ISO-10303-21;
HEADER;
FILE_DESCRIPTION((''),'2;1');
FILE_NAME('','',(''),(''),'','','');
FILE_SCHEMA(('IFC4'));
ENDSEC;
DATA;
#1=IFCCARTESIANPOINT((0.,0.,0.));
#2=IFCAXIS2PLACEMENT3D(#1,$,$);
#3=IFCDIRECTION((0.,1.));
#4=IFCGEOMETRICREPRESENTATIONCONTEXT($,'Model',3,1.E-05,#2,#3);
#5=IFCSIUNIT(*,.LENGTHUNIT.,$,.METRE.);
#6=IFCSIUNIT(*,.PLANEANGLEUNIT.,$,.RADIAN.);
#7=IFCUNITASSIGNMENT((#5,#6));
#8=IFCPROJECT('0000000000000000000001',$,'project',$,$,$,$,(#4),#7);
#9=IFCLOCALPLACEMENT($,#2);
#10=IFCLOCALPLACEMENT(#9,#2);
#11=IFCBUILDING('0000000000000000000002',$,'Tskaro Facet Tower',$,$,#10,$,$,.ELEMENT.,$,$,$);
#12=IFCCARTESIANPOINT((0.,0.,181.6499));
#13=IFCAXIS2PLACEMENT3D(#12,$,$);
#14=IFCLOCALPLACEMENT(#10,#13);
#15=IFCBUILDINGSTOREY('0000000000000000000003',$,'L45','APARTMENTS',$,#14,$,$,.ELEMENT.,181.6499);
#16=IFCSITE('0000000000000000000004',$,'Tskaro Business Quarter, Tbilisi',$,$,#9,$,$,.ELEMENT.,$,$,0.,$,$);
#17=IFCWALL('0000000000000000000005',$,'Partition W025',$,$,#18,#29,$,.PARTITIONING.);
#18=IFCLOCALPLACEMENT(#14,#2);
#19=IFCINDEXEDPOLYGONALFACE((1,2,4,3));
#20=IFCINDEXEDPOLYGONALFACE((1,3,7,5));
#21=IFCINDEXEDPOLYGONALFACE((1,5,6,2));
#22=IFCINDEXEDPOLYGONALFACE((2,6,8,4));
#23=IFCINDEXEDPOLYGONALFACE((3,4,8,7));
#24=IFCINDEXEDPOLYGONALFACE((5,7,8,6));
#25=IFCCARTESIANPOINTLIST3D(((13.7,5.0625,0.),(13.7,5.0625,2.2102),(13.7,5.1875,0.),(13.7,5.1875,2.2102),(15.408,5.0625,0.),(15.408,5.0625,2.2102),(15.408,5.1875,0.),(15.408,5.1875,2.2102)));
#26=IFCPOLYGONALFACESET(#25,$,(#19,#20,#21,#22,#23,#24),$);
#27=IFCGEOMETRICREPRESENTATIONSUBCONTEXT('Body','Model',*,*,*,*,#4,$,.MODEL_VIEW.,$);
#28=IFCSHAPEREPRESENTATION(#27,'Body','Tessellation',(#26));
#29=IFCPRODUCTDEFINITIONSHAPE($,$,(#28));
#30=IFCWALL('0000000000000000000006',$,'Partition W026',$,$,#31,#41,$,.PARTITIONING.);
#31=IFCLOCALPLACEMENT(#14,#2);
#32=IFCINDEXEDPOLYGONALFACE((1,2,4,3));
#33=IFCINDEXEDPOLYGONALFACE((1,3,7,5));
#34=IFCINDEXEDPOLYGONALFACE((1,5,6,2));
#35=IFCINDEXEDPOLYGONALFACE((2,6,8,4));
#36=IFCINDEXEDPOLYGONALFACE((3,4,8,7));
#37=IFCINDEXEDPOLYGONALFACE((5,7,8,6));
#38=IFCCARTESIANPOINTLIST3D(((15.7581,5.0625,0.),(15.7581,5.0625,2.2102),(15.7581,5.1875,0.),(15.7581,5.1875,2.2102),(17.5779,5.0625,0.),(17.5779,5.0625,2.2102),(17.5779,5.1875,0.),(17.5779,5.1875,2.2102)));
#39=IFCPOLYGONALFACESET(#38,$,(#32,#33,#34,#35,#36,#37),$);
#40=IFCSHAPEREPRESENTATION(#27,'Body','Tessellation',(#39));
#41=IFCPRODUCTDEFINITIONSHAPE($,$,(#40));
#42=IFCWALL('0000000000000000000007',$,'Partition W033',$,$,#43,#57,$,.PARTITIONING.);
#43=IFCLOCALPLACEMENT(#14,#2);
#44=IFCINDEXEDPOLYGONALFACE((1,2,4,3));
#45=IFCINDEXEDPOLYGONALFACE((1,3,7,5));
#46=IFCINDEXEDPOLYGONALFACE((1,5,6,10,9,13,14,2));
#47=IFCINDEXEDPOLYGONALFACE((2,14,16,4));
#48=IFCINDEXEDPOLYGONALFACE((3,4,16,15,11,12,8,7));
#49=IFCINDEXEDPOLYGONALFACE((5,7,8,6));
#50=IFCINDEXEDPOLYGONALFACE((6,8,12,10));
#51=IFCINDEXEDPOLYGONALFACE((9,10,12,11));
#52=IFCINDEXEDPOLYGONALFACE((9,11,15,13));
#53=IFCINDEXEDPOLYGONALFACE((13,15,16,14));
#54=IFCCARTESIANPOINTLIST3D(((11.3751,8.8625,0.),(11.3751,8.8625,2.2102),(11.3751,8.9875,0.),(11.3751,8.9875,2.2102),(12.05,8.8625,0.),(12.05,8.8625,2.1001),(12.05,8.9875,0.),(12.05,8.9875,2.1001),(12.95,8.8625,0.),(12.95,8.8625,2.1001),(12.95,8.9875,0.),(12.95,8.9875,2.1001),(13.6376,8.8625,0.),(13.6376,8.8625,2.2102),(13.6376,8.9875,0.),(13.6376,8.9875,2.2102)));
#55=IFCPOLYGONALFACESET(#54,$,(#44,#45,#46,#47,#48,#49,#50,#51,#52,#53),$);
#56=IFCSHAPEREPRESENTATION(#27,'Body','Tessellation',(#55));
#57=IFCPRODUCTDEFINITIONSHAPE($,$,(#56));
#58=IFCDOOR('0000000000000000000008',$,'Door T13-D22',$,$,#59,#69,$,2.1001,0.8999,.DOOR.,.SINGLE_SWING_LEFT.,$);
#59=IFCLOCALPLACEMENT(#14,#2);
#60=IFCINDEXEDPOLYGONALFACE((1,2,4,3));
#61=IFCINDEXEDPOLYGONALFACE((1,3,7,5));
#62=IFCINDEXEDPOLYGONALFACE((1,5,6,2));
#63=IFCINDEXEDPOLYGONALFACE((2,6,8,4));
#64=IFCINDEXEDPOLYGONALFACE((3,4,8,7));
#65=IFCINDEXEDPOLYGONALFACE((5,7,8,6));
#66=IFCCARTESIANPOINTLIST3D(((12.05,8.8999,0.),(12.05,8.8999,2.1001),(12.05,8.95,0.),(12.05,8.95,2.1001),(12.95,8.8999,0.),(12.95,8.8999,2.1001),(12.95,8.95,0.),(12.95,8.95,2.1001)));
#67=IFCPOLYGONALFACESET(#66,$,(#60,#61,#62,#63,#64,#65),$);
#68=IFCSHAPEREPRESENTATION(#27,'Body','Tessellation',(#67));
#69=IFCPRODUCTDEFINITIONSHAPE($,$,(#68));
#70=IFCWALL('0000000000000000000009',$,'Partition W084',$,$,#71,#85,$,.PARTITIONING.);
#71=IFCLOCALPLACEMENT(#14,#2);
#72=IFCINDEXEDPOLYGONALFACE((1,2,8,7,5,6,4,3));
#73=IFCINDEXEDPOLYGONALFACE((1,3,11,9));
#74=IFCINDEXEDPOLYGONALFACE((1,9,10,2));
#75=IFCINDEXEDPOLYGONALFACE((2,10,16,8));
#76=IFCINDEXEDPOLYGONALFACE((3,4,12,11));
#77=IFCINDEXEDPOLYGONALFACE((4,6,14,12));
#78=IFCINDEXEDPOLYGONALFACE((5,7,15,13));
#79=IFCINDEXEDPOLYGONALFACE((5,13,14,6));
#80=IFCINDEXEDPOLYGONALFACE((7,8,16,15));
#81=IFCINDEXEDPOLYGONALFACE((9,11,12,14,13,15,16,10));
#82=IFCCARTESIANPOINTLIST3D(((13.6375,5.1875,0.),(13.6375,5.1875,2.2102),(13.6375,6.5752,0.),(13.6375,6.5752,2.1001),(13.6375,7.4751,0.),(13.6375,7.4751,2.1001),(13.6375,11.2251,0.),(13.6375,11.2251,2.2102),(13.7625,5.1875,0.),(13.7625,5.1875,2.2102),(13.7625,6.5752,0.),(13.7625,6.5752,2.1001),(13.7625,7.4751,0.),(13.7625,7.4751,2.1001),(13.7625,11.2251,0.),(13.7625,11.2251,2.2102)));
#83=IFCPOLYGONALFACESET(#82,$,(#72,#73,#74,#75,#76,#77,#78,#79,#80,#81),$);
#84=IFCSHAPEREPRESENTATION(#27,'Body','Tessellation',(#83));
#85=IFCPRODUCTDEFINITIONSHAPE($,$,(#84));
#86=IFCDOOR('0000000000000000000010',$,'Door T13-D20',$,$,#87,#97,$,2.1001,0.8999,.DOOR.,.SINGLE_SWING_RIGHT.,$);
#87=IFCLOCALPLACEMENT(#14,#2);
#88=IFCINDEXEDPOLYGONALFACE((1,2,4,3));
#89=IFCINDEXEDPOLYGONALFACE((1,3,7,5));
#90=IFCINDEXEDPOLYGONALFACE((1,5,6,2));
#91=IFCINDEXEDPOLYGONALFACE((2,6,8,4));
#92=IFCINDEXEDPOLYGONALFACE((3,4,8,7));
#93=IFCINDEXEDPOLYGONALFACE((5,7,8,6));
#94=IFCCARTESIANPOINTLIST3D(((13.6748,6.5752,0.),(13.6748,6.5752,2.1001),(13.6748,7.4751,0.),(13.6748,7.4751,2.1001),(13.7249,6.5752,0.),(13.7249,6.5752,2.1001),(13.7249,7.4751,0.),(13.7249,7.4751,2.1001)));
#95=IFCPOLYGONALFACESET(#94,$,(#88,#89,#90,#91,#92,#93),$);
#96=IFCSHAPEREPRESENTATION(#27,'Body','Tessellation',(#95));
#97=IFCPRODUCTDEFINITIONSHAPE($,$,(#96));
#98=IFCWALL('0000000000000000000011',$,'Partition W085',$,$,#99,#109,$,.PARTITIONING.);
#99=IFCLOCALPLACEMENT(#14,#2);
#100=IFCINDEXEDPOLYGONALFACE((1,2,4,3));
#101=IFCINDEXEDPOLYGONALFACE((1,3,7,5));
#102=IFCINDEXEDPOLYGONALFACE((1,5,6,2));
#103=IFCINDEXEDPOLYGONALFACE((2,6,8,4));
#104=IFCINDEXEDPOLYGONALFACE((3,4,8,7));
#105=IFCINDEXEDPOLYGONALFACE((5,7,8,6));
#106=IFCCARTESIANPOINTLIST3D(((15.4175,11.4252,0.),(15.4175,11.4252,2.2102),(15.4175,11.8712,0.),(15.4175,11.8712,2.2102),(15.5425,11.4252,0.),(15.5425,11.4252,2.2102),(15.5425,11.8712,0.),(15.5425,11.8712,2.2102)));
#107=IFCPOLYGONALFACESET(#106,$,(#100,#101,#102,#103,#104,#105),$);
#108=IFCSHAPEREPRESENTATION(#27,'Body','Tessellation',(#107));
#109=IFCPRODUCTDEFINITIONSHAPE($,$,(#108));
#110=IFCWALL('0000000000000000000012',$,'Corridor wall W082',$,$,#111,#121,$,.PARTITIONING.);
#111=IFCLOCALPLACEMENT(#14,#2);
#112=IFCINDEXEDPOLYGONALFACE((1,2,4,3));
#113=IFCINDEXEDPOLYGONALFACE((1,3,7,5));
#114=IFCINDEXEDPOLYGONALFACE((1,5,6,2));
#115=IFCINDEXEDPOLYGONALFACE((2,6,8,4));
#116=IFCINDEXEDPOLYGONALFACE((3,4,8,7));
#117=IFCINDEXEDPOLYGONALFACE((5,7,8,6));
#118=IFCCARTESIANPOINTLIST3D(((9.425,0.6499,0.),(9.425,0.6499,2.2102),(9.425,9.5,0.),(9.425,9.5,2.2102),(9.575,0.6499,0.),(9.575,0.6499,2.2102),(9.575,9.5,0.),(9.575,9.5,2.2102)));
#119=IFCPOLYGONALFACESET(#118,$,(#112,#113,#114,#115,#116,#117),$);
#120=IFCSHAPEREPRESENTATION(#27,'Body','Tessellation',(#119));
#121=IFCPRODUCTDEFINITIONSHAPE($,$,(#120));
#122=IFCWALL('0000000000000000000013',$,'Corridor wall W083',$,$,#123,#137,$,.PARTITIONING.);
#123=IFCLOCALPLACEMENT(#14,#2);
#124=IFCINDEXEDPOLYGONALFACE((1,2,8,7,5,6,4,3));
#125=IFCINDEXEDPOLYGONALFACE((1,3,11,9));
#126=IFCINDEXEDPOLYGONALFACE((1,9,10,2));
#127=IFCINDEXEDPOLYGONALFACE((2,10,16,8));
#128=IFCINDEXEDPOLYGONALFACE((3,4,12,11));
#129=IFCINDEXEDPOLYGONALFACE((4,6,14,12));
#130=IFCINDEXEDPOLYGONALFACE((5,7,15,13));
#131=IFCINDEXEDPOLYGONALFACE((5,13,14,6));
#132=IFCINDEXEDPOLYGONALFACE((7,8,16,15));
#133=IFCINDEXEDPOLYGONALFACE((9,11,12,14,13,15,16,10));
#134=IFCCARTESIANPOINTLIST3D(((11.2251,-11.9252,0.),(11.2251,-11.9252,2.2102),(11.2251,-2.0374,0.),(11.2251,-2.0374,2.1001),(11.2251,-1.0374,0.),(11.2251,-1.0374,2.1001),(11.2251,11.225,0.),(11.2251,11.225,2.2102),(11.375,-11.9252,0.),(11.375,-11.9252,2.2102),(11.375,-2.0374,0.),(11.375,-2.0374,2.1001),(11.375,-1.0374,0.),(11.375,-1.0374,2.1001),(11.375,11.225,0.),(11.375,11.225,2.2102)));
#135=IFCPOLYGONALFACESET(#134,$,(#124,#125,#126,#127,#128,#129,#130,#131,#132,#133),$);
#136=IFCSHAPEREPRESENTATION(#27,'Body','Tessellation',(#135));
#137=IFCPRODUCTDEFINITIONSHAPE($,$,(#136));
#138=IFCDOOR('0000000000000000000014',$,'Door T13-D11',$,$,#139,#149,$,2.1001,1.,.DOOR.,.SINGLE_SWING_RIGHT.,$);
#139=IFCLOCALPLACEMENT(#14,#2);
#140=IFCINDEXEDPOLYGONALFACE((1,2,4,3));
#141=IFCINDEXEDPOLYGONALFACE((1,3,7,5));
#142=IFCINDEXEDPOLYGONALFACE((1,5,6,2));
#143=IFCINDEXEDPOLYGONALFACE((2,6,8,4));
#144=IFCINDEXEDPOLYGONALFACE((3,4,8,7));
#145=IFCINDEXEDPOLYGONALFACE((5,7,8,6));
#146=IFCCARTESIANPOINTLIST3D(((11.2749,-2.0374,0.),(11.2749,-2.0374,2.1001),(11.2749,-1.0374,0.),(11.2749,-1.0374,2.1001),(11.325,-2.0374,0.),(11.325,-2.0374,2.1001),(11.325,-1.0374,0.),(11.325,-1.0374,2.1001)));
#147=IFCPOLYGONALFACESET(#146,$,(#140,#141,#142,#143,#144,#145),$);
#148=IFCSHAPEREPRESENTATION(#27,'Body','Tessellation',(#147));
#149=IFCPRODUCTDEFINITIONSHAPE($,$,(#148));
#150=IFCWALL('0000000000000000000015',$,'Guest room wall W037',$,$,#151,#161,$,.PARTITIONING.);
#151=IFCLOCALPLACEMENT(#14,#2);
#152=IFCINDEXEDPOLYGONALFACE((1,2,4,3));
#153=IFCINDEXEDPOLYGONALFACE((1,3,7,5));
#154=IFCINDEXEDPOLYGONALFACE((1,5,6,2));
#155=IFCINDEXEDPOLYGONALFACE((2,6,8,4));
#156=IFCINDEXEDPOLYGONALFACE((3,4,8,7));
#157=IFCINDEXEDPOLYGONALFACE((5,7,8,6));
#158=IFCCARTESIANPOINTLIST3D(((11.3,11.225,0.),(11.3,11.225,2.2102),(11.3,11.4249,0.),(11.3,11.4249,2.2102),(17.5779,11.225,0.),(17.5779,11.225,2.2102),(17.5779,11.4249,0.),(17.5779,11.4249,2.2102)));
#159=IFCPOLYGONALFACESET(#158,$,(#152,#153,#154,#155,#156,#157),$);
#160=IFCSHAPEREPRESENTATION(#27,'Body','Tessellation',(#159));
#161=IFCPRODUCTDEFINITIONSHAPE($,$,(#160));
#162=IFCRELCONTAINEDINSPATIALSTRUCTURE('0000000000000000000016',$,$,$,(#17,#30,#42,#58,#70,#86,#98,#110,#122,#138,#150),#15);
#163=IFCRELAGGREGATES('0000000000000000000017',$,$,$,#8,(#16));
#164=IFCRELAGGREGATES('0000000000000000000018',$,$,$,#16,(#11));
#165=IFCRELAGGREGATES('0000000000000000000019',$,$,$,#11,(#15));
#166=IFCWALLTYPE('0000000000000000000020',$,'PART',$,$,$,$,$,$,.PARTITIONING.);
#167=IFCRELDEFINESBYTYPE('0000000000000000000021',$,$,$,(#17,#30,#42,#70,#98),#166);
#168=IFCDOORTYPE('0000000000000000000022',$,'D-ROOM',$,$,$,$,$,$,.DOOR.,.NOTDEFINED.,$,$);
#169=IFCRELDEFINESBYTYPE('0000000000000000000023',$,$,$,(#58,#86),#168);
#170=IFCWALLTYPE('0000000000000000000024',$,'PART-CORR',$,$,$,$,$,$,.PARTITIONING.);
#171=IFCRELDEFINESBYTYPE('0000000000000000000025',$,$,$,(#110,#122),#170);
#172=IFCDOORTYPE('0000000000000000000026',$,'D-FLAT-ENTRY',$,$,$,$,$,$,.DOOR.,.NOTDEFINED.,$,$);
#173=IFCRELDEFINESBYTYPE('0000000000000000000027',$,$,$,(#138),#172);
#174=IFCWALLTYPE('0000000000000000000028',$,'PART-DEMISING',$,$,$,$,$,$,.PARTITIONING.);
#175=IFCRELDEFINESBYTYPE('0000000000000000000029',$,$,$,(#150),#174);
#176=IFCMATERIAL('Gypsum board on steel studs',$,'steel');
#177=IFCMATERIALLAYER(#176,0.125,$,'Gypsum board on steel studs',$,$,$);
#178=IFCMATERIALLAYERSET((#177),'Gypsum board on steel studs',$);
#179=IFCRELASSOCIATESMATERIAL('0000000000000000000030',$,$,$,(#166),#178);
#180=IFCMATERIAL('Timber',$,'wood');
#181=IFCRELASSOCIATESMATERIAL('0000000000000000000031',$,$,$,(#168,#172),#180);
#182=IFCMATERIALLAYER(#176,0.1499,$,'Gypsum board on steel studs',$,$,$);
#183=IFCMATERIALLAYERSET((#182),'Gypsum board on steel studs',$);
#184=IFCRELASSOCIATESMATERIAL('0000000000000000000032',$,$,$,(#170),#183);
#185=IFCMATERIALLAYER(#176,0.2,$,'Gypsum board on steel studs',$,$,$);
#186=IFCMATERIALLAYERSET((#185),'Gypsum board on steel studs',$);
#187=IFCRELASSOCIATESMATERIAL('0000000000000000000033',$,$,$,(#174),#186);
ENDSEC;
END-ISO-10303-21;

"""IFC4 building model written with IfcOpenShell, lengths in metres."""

from ifc_helpers import new_model, si_unit, direction, frame, frame_2d, origin, place, context, subcontext, project, spatial, rectangle, extrude, material, layer, layer_set, type_object, element, fill, save


model = new_model("IFC4")

# Units and contexts
model_context = context("Model", 3, precision=1e-05, world=origin(), true_north=direction((0.0, 1.0)))
body_context = subcontext(model_context, "Body", "Model", "MODEL_VIEW")
ifc_project = project(units=[si_unit("LENGTHUNIT", "METRE"), si_unit("PLANEANGLEUNIT", "RADIAN")], contexts=[model_context])

# Site, building, storey
site_placement = place(None, origin())
site = spatial("IfcSite", under=ifc_project, at=site_placement, Name="Tskaro Business Quarter, Tbilisi", CompositionType="ELEMENT", RefElevation=0.0)
building_placement = place(site_placement, origin())
building = spatial("IfcBuilding", under=site, at=building_placement, Name="Tskaro Facet Tower", CompositionType="ELEMENT")
storey_placement = place(building_placement, frame((0.0, 0.0, 181.6499)))
storey = spatial("IfcBuildingStorey", under=building, at=storey_placement, Name="L45", Description="APARTMENTS", CompositionType="ELEMENT", Elevation=181.6499)

# Walls
ifc_material_1 = material(Name="Gypsum board on steel studs", Category="steel")
ifc_layer_1 = layer(ifc_material_1, 0.125, Name="Gypsum board on steel studs")
ifc_layer_set_1 = layer_set([ifc_layer_1], Name="Gypsum board on steel studs")
wall_type_1 = type_object("IfcWallType", Name="PART", PredefinedType="PARTITIONING", material=ifc_layer_set_1)
wall_1_placement = place(storey_placement, frame((13.7, 5.125, 0.0), z_axis=(0.0, 0.0, 1.0), x_axis=(1.0, 0.0, 0.0)))
element("IfcWall", 1, at=wall_1_placement, inside=storey, type_object=wall_type_1, Name="Partition W025", PredefinedType="PARTITIONING", context=body_context, shape_type="SweptSolid", body=[
    extrude(rectangle(XDim=1.708, YDim=0.125, at=frame_2d((0.854, 0.0))), origin(), (0.0, 0.0, 1.0), 2.2102),
])
wall_2_placement = place(storey_placement, frame((15.7581, 5.125, 0.0), z_axis=(0.0, 0.0, 1.0), x_axis=(1.0, 0.0, 0.0)))
element("IfcWall", 2, at=wall_2_placement, inside=storey, type_object=wall_type_1, Name="Partition W026", PredefinedType="PARTITIONING", context=body_context, shape_type="SweptSolid", body=[
    extrude(rectangle(XDim=1.8198, YDim=0.125, at=frame_2d((0.9099, 0.0))), origin(), (0.0, 0.0, 1.0), 2.2102),
])

# Walls, openings, doors
wall_3_placement = place(storey_placement, frame((11.375, 8.925, 0.0), z_axis=(0.0, 0.0, 1.0), x_axis=(1.0, 0.0, 0.0)))
wall_3 = element("IfcWall", 3, at=wall_3_placement, inside=storey, type_object=wall_type_1, Name="Partition W033", PredefinedType="PARTITIONING", context=body_context, shape_type="SweptSolid", body=[
    extrude(rectangle(XDim=2.2625, YDim=0.125, at=frame_2d((1.1313, 0.0))), origin(), (0.0, 0.0, 1.0), 2.2102),
])
opening_1_placement = place(wall_3_placement, frame((0.675, 0.0, 0.0)))
opening_1 = element("IfcOpeningElement", 4, at=opening_1_placement, cuts=wall_3, PredefinedType="OPENING", context=body_context, shape_type="SweptSolid", body=[
    extrude(rectangle(XDim=0.8999, YDim=2.1001, at=frame_2d((0.45, 1.05))), frame((0.0, 0.0725, 0.0), z_axis=(0.0, -1.0, 0.0), x_axis=(1.0, 0.0, 0.0)), (0.0, 0.0, 1.0), 0.145),
])
ifc_material_2 = material(Name="Timber", Category="wood")
door_type_1 = type_object("IfcDoorType", Name="D-ROOM", OperationType="NOTDEFINED", PredefinedType="DOOR", material=ifc_material_2)
door_1_placement = place(opening_1_placement, origin())
door_1 = element("IfcDoor", 5, at=door_1_placement, inside=storey, type_object=door_type_1, Name="Door T13-D22", OperationType="SINGLE_SWING_LEFT", OverallHeight=2.1001, OverallWidth=0.8999, PredefinedType="DOOR", context=body_context, shape_type="SweptSolid", body=[
    extrude(rectangle(XDim=0.8999, YDim=2.1001, at=frame_2d((0.45, 1.05))), frame((0.0, 0.0249, 0.0), z_axis=(0.0, -1.0, 0.0), x_axis=(1.0, 0.0, 0.0)), (0.0, 0.0, 1.0), 0.05),
])
fill(opening_1, door_1)
wall_4_placement = place(storey_placement, frame((13.7, 11.2251, 0.0), z_axis=(0.0, 0.0, 1.0), x_axis=(0.0, -1.0, 0.0)))
wall_4 = element("IfcWall", 6, at=wall_4_placement, inside=storey, type_object=wall_type_1, Name="Partition W084", PredefinedType="PARTITIONING", context=body_context, shape_type="SweptSolid", body=[
    extrude(rectangle(XDim=6.0376, YDim=0.125, at=frame_2d((3.0188, 0.0))), origin(), (0.0, 0.0, 1.0), 2.2102),
])
opening_2_placement = place(wall_4_placement, frame((3.75, 0.0, 0.0)))
opening_2 = element("IfcOpeningElement", 7, at=opening_2_placement, cuts=wall_4, PredefinedType="OPENING", context=body_context, shape_type="SweptSolid", body=[
    extrude(rectangle(XDim=0.8999, YDim=2.1001, at=frame_2d((0.45, 1.05))), frame((0.0, 0.0725, 0.0), z_axis=(0.0, -1.0, 0.0), x_axis=(1.0, 0.0, 0.0)), (0.0, 0.0, 1.0), 0.145),
])
door_2_placement = place(opening_2_placement, origin())
door_2 = element("IfcDoor", 8, at=door_2_placement, inside=storey, type_object=door_type_1, Name="Door T13-D20", OperationType="SINGLE_SWING_RIGHT", OverallHeight=2.1001, OverallWidth=0.8999, PredefinedType="DOOR", context=body_context, shape_type="SweptSolid", body=[
    extrude(rectangle(XDim=0.8999, YDim=2.1001, at=frame_2d((0.45, 1.05))), frame((0.0, 0.0249, 0.0), z_axis=(0.0, -1.0, 0.0), x_axis=(1.0, 0.0, 0.0)), (0.0, 0.0, 1.0), 0.05),
])
fill(opening_2, door_2)

# Walls
wall_5_placement = place(storey_placement, frame((15.48, 11.425, 0.0), z_axis=(0.0, 0.0, 1.0), x_axis=(0.0, 1.0, 0.0)))
element("IfcWall", 9, at=wall_5_placement, inside=storey, type_object=wall_type_1, Name="Partition W085", PredefinedType="PARTITIONING", context=body_context, shape_type="SweptSolid", body=[
    extrude(rectangle(XDim=0.446, YDim=0.125, at=frame_2d((0.2231, 0.0))), origin(), (0.0, 0.0, 1.0), 2.2102),
])
ifc_layer_2 = layer(ifc_material_1, 0.1499, Name="Gypsum board on steel studs")
ifc_layer_set_2 = layer_set([ifc_layer_2], Name="Gypsum board on steel studs")
wall_type_2 = type_object("IfcWallType", Name="PART-CORR", PredefinedType="PARTITIONING", material=ifc_layer_set_2)
wall_6_placement = place(storey_placement, frame((9.5, 0.6499, 0.0), z_axis=(0.0, 0.0, 1.0), x_axis=(0.0, 1.0, 0.0)))
element("IfcWall", 10, at=wall_6_placement, inside=storey, type_object=wall_type_2, Name="Corridor wall W082", PredefinedType="PARTITIONING", context=body_context, shape_type="SweptSolid", body=[
    extrude(rectangle(XDim=8.8501, YDim=0.1499, at=frame_2d((4.425, 0.0))), origin(), (0.0, 0.0, 1.0), 2.2102),
])

# Wall, opening, door
wall_7_placement = place(storey_placement, frame((11.3, 11.2251, 0.0), z_axis=(0.0, 0.0, 1.0), x_axis=(0.0, -1.0, 0.0)))
wall_7 = element("IfcWall", 11, at=wall_7_placement, inside=storey, type_object=wall_type_2, Name="Corridor wall W083", PredefinedType="PARTITIONING", context=body_context, shape_type="SweptSolid", body=[
    extrude(rectangle(XDim=23.1501, YDim=0.1499, at=frame_2d((11.5752, 0.0))), origin(), (0.0, 0.0, 1.0), 2.2102),
])
opening_3_placement = place(wall_7_placement, frame((12.2625, 0.0, 0.0)))
opening_3 = element("IfcOpeningElement", 12, at=opening_3_placement, cuts=wall_7, PredefinedType="OPENING", context=body_context, shape_type="SweptSolid", body=[
    extrude(rectangle(XDim=1.0, YDim=2.1001, at=frame_2d((0.5, 1.05))), frame((0.0, 0.085, 0.0), z_axis=(0.0, -1.0, 0.0), x_axis=(1.0, 0.0, 0.0)), (0.0, 0.0, 1.0), 0.1699),
])
door_type_2 = type_object("IfcDoorType", Name="D-FLAT-ENTRY", OperationType="NOTDEFINED", PredefinedType="DOOR", material=ifc_material_2)
door_3_placement = place(opening_3_placement, origin())
door_3 = element("IfcDoor", 13, at=door_3_placement, inside=storey, type_object=door_type_2, Name="Door T13-D11", OperationType="SINGLE_SWING_RIGHT", OverallHeight=2.1001, OverallWidth=1.0, PredefinedType="DOOR", context=body_context, shape_type="SweptSolid", body=[
    extrude(rectangle(XDim=1.0, YDim=2.1001, at=frame_2d((0.5, 1.05))), frame((0.0, 0.0249, 0.0), z_axis=(0.0, -1.0, 0.0), x_axis=(1.0, 0.0, 0.0)), (0.0, 0.0, 1.0), 0.05),
])
fill(opening_3, door_3)

# Wall
ifc_layer_3 = layer(ifc_material_1, 0.2, Name="Gypsum board on steel studs")
ifc_layer_set_3 = layer_set([ifc_layer_3], Name="Gypsum board on steel studs")
wall_type_3 = type_object("IfcWallType", Name="PART-DEMISING", PredefinedType="PARTITIONING", material=ifc_layer_set_3)
wall_8_placement = place(storey_placement, frame((11.3, 11.325, 0.0), z_axis=(0.0, 0.0, 1.0), x_axis=(1.0, 0.0, 0.0)))
element("IfcWall", 14, at=wall_8_placement, inside=storey, type_object=wall_type_3, Name="Guest room wall W037", PredefinedType="PARTITIONING", context=body_context, shape_type="SweptSolid", body=[
    extrude(rectangle(XDim=6.2778, YDim=0.2, at=frame_2d((3.1389, 0.0))), origin(), (0.0, 0.0, 1.0), 2.2102),
])

save(model, "model.ifc")
